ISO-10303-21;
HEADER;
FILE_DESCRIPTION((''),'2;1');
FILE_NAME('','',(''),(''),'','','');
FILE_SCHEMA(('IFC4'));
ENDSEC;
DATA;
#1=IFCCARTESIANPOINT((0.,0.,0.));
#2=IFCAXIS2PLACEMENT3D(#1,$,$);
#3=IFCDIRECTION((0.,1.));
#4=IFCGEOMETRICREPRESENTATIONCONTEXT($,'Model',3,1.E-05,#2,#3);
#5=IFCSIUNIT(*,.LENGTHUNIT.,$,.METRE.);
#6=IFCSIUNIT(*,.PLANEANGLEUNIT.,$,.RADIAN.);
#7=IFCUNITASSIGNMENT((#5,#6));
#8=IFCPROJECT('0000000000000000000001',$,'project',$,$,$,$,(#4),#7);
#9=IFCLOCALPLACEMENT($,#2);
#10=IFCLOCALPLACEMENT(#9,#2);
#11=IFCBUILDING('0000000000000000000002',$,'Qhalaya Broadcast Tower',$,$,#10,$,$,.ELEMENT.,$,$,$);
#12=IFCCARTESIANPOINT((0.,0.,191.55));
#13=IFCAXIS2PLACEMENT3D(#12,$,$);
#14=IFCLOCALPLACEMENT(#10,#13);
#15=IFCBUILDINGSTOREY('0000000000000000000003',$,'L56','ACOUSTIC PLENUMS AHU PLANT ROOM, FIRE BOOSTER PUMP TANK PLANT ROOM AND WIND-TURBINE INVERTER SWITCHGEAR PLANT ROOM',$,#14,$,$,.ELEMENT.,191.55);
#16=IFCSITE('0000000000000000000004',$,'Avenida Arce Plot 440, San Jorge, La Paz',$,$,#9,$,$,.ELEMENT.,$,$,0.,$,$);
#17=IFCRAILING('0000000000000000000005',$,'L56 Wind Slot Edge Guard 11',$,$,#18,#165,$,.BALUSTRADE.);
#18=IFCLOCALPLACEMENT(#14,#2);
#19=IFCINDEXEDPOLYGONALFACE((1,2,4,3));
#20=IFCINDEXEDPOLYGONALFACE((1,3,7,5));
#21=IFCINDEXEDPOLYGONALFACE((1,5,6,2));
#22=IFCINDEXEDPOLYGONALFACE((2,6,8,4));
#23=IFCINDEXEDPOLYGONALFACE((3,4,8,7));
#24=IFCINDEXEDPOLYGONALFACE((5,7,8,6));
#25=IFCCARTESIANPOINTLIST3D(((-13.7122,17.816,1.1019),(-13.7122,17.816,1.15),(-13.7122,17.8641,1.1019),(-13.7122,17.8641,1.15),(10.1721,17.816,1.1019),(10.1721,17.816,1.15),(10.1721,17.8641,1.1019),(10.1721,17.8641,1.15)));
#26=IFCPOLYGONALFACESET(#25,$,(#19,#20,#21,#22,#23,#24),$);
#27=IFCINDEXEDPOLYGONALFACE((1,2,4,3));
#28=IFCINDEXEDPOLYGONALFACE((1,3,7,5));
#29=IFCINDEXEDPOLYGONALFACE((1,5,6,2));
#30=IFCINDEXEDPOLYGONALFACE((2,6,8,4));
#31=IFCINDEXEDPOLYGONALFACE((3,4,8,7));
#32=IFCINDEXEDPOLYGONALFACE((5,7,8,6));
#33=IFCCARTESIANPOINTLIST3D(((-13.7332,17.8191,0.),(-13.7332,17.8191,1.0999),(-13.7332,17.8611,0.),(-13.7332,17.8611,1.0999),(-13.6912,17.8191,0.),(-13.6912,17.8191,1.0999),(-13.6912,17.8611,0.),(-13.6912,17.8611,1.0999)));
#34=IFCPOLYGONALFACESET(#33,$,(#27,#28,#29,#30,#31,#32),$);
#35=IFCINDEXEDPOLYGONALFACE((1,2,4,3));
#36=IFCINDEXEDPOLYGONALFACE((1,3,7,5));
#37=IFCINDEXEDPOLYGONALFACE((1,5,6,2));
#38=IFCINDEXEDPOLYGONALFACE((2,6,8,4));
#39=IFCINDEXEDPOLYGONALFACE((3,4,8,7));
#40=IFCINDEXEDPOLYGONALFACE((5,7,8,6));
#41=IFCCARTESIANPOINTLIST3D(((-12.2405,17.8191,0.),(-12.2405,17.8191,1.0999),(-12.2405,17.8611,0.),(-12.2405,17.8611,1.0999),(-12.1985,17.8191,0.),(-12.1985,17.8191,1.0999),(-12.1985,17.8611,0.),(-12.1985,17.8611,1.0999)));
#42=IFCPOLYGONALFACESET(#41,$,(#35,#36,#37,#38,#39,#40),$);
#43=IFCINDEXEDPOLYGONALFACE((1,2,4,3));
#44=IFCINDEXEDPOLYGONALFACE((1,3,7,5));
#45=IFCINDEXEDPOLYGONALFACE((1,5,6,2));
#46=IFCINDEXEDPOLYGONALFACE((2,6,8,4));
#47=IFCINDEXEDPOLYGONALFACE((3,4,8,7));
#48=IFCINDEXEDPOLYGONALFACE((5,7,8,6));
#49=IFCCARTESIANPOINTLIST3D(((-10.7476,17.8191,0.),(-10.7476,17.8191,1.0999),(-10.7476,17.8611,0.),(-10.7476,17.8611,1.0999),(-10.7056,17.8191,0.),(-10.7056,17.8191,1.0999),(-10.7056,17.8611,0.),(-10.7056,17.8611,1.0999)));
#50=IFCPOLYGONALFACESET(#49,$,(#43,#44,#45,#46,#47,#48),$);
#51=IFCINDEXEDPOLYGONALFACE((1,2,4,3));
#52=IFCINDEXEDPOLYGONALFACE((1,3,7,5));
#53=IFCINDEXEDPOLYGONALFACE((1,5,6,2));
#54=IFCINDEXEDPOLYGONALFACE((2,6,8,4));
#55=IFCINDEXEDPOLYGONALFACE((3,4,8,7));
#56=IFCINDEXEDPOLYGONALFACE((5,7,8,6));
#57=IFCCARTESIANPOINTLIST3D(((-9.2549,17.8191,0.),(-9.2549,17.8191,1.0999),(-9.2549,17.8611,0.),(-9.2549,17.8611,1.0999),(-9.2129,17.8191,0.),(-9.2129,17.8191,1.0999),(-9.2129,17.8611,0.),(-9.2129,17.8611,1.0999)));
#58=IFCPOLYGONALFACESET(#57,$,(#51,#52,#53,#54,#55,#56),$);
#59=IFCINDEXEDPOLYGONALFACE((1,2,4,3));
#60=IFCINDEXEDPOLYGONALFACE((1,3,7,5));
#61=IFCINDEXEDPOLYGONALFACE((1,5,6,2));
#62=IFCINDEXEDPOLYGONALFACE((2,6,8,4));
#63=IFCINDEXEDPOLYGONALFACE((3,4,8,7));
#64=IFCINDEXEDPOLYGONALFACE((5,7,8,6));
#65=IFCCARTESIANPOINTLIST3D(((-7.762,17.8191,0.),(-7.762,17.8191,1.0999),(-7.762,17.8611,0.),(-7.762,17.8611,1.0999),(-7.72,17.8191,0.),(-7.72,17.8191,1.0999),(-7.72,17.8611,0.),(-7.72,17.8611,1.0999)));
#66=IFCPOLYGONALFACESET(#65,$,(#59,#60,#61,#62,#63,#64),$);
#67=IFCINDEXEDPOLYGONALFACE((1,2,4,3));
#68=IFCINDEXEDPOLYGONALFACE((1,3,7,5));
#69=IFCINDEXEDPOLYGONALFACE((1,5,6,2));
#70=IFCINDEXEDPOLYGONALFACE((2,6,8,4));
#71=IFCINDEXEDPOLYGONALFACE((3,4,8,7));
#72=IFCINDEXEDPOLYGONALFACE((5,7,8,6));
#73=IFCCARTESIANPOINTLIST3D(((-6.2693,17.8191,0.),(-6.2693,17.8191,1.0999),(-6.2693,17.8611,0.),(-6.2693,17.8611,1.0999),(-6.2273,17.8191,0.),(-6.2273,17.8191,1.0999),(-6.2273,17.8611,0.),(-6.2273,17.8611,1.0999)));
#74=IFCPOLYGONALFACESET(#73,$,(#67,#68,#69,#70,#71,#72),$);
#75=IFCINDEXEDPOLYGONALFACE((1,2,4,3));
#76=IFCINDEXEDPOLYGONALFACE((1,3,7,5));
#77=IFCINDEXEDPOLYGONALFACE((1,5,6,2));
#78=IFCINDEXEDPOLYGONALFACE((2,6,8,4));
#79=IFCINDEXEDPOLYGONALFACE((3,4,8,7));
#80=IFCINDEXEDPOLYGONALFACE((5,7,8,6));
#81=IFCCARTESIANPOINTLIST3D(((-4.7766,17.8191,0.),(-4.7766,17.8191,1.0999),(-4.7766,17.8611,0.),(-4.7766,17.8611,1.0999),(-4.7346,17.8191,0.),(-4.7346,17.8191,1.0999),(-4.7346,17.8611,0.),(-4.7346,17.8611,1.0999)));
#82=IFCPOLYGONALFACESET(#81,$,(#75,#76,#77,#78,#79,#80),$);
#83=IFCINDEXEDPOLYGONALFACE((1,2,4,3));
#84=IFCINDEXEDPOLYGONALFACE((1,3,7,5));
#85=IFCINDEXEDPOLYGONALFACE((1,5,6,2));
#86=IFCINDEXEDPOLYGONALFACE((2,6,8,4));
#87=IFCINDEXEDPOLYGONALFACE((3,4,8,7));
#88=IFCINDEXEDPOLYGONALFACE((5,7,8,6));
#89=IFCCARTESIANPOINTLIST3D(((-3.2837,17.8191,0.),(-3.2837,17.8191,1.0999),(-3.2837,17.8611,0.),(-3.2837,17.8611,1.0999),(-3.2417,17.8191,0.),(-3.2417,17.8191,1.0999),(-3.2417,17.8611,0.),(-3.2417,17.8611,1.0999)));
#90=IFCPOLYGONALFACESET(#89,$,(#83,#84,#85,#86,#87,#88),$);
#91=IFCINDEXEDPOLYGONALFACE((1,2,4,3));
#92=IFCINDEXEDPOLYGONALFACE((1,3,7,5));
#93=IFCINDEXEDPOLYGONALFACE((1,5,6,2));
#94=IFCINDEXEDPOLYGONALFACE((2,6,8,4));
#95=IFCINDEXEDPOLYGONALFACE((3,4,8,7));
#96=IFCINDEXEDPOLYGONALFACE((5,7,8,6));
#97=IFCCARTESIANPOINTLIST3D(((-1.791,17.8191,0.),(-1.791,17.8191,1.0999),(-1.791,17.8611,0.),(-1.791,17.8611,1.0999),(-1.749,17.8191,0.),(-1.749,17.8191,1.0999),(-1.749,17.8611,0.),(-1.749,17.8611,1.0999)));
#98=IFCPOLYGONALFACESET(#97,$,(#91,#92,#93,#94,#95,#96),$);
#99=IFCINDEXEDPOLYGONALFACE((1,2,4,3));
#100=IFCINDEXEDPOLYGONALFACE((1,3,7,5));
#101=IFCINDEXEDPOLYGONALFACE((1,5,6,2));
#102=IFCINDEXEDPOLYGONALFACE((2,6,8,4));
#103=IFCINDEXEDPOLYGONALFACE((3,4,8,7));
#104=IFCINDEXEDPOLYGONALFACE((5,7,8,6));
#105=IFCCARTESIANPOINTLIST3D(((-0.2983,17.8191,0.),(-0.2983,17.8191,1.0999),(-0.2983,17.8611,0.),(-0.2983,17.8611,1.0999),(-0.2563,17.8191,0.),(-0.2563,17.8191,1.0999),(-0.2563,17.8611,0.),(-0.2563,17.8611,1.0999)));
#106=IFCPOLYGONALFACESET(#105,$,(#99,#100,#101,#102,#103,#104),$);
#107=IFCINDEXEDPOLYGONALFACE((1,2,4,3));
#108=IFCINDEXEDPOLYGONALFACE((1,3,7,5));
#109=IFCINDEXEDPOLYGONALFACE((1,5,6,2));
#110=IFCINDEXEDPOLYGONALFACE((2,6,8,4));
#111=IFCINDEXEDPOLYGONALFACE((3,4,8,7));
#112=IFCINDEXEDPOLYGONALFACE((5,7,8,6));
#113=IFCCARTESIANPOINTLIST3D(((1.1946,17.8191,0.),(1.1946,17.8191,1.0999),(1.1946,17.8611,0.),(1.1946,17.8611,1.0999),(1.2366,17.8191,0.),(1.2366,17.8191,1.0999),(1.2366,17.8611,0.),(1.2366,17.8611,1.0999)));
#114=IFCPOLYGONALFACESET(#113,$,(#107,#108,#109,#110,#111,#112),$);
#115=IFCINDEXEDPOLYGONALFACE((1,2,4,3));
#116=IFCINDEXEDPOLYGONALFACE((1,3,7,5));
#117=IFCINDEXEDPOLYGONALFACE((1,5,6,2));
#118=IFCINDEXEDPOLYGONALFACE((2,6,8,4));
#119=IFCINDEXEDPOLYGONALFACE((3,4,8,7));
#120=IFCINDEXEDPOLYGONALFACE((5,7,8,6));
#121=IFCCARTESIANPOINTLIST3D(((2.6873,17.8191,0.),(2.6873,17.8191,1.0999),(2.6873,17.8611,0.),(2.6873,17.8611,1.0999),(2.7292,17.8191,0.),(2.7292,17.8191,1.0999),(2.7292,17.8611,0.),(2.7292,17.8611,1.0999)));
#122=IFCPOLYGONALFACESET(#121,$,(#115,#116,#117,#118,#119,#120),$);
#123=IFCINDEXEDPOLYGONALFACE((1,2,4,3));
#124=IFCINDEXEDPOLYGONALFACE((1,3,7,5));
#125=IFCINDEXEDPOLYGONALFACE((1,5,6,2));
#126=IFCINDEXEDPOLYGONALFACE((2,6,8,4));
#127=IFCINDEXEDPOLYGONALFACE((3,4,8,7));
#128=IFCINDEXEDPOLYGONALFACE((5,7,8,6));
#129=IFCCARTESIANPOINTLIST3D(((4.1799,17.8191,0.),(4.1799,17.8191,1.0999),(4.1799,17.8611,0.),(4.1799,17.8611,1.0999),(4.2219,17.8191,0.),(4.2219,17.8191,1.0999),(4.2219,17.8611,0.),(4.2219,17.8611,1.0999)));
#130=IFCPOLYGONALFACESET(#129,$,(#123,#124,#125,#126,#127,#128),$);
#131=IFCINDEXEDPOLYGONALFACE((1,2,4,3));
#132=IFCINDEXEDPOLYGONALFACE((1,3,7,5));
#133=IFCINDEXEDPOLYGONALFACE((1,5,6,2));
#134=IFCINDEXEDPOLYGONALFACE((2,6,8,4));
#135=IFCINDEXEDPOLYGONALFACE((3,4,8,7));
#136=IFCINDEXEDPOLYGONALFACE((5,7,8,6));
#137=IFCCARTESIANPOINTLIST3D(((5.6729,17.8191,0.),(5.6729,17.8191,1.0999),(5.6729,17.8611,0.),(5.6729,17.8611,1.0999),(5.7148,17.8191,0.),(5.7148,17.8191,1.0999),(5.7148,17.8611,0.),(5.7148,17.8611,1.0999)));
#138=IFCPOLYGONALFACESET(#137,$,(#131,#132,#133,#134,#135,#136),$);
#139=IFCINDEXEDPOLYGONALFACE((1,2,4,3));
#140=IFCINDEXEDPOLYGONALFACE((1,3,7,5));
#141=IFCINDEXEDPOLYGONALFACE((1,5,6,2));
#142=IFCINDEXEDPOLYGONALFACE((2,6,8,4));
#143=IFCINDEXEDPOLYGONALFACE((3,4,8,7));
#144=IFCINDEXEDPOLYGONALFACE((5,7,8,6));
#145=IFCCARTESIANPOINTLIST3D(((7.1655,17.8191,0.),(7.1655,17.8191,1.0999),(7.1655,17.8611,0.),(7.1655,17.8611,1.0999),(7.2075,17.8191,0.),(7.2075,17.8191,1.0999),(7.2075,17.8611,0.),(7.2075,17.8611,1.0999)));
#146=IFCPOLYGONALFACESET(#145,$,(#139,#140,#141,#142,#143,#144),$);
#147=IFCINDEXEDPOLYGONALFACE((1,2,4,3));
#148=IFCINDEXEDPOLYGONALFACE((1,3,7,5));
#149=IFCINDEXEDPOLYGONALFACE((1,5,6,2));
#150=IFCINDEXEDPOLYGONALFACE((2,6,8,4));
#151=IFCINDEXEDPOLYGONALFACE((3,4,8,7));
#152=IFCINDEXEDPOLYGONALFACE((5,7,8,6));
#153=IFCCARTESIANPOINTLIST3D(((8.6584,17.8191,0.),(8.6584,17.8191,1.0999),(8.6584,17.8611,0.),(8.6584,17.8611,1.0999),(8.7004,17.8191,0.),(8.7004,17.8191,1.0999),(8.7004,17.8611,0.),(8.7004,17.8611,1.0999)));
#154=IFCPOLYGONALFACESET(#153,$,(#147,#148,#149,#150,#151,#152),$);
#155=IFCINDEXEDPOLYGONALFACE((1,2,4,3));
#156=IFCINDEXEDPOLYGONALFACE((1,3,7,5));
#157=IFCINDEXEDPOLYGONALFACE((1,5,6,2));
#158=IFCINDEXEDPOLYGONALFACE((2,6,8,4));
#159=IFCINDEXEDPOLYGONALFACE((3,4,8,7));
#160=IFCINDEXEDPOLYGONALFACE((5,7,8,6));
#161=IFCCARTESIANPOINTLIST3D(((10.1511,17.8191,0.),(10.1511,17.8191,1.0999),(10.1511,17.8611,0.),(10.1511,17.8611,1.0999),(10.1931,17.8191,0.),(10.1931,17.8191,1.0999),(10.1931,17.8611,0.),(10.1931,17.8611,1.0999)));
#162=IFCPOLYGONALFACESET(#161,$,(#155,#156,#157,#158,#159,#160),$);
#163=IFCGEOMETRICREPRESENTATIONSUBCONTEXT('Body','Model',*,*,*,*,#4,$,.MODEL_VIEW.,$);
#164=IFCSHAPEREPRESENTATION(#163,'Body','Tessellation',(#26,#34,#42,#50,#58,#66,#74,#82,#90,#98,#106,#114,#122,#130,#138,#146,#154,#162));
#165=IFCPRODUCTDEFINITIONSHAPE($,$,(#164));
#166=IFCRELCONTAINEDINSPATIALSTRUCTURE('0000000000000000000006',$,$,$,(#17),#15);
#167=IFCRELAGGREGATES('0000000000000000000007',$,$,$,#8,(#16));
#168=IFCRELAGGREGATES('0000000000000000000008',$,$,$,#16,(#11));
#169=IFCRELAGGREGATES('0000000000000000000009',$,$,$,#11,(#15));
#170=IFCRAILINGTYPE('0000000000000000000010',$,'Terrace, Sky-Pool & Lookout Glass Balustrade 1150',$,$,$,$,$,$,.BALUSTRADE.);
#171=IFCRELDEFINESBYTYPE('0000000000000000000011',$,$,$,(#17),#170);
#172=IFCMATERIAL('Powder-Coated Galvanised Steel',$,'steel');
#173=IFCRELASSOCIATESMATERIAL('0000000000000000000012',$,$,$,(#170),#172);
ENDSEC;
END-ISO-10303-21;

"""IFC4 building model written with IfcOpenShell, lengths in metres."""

from ifc_helpers import new_model, si_unit, direction, frame, origin, origin_2d, place, context, subcontext, project, spatial, rectangle, extrude, material, type_object, element, save


model = new_model("IFC4")

# Units and contexts
model_context = context("Model", 3, precision=1e-05, world=origin(), true_north=direction((0.0, 1.0)))
body_context = subcontext(model_context, "Body", "Model", "MODEL_VIEW")
ifc_project = project(units=[si_unit("LENGTHUNIT", "METRE"), si_unit("PLANEANGLEUNIT", "RADIAN")], contexts=[model_context])

# Site, building, storey
site_placement = place(None, origin())
site = spatial("IfcSite", under=ifc_project, at=site_placement, Name="Avenida Arce Plot 440, San Jorge, La Paz", CompositionType="ELEMENT", RefElevation=0.0)
building_placement = place(site_placement, origin())
building = spatial("IfcBuilding", under=site, at=building_placement, Name="Qhalaya Broadcast Tower", CompositionType="ELEMENT")
storey_placement = place(building_placement, frame((0.0, 0.0, 191.55)))
storey = spatial("IfcBuildingStorey", under=building, at=storey_placement, Name="L56", Description="ACOUSTIC PLENUMS AHU PLANT ROOM, FIRE BOOSTER PUMP TANK PLANT ROOM AND WIND-TURBINE INVERTER SWITCHGEAR PLANT ROOM", CompositionType="ELEMENT", Elevation=191.55)

# Railing
ifc_material_1 = material(Name="Powder-Coated Galvanised Steel", Category="steel")
railing_type = type_object("IfcRailingType", Name="Terrace, Sky-Pool & Lookout Glass Balustrade 1150", PredefinedType="BALUSTRADE", material=ifc_material_1)
railing_1_placement = place(storey_placement, frame((-13.7122, 17.8401, 0.0)))
element("IfcRailing", 1, at=railing_1_placement, inside=storey, type_object=railing_type, Name="L56 Wind Slot Edge Guard 11", PredefinedType="BALUSTRADE", context=body_context, shape_type="SweptSolid", body=[
    extrude(rectangle(XDim=0.0481, YDim=0.0481, at=origin_2d()), frame((0.0, 0.0, 1.126), z_axis=(1.0, 0.0, 0.0), x_axis=(0.0, 1.0, 0.0)), (0.0, 0.0, 1.0), 23.8843),
    extrude(rectangle(XDim=0.042, YDim=0.042, at=origin_2d()), origin(), (0.0, 0.0, 1.0), 1.0999),
    extrude(rectangle(XDim=0.042, YDim=0.042, at=origin_2d()), frame((1.4927, 0.0, 0.0)), (0.0, 0.0, 1.0), 1.0999),
    extrude(rectangle(XDim=0.042, YDim=0.042, at=origin_2d()), frame((2.9856, 0.0, 0.0)), (0.0, 0.0, 1.0), 1.0999),
    extrude(rectangle(XDim=0.042, YDim=0.042, at=origin_2d()), frame((4.4783, 0.0, 0.0)), (0.0, 0.0, 1.0), 1.0999),
    extrude(rectangle(XDim=0.042, YDim=0.042, at=origin_2d()), frame((5.9712, 0.0, 0.0)), (0.0, 0.0, 1.0), 1.0999),
    extrude(rectangle(XDim=0.042, YDim=0.042, at=origin_2d()), frame((7.4639, 0.0, 0.0)), (0.0, 0.0, 1.0), 1.0999),
    extrude(rectangle(XDim=0.042, YDim=0.042, at=origin_2d()), frame((8.9565, 0.0, 0.0)), (0.0, 0.0, 1.0), 1.0999),
    extrude(rectangle(XDim=0.042, YDim=0.042, at=origin_2d()), frame((10.4495, 0.0, 0.0)), (0.0, 0.0, 1.0), 1.0999),
    extrude(rectangle(XDim=0.042, YDim=0.042, at=origin_2d()), frame((11.9421, 0.0, 0.0)), (0.0, 0.0, 1.0), 1.0999),
    extrude(rectangle(XDim=0.042, YDim=0.042, at=origin_2d()), frame((13.4348, 0.0, 0.0)), (0.0, 0.0, 1.0), 1.0999),
    extrude(rectangle(XDim=0.042, YDim=0.042, at=origin_2d()), frame((14.9277, 0.0, 0.0)), (0.0, 0.0, 1.0), 1.0999),
    extrude(rectangle(XDim=0.042, YDim=0.042, at=origin_2d()), frame((16.4204, 0.0, 0.0)), (0.0, 0.0, 1.0), 1.0999),
    extrude(rectangle(XDim=0.042, YDim=0.042, at=origin_2d()), frame((17.9131, 0.0, 0.0)), (0.0, 0.0, 1.0), 1.0999),
    extrude(rectangle(XDim=0.042, YDim=0.042, at=origin_2d()), frame((19.406, 0.0, 0.0)), (0.0, 0.0, 1.0), 1.0999),
    extrude(rectangle(XDim=0.042, YDim=0.042, at=origin_2d()), frame((20.8987, 0.0, 0.0)), (0.0, 0.0, 1.0), 1.0999),
    extrude(rectangle(XDim=0.042, YDim=0.042, at=origin_2d()), frame((22.3916, 0.0, 0.0)), (0.0, 0.0, 1.0), 1.0999),
    extrude(rectangle(XDim=0.042, YDim=0.042, at=origin_2d()), frame((23.8843, 0.0, 0.0)), (0.0, 0.0, 1.0), 1.0999),
])

save(model, "model.ifc")
